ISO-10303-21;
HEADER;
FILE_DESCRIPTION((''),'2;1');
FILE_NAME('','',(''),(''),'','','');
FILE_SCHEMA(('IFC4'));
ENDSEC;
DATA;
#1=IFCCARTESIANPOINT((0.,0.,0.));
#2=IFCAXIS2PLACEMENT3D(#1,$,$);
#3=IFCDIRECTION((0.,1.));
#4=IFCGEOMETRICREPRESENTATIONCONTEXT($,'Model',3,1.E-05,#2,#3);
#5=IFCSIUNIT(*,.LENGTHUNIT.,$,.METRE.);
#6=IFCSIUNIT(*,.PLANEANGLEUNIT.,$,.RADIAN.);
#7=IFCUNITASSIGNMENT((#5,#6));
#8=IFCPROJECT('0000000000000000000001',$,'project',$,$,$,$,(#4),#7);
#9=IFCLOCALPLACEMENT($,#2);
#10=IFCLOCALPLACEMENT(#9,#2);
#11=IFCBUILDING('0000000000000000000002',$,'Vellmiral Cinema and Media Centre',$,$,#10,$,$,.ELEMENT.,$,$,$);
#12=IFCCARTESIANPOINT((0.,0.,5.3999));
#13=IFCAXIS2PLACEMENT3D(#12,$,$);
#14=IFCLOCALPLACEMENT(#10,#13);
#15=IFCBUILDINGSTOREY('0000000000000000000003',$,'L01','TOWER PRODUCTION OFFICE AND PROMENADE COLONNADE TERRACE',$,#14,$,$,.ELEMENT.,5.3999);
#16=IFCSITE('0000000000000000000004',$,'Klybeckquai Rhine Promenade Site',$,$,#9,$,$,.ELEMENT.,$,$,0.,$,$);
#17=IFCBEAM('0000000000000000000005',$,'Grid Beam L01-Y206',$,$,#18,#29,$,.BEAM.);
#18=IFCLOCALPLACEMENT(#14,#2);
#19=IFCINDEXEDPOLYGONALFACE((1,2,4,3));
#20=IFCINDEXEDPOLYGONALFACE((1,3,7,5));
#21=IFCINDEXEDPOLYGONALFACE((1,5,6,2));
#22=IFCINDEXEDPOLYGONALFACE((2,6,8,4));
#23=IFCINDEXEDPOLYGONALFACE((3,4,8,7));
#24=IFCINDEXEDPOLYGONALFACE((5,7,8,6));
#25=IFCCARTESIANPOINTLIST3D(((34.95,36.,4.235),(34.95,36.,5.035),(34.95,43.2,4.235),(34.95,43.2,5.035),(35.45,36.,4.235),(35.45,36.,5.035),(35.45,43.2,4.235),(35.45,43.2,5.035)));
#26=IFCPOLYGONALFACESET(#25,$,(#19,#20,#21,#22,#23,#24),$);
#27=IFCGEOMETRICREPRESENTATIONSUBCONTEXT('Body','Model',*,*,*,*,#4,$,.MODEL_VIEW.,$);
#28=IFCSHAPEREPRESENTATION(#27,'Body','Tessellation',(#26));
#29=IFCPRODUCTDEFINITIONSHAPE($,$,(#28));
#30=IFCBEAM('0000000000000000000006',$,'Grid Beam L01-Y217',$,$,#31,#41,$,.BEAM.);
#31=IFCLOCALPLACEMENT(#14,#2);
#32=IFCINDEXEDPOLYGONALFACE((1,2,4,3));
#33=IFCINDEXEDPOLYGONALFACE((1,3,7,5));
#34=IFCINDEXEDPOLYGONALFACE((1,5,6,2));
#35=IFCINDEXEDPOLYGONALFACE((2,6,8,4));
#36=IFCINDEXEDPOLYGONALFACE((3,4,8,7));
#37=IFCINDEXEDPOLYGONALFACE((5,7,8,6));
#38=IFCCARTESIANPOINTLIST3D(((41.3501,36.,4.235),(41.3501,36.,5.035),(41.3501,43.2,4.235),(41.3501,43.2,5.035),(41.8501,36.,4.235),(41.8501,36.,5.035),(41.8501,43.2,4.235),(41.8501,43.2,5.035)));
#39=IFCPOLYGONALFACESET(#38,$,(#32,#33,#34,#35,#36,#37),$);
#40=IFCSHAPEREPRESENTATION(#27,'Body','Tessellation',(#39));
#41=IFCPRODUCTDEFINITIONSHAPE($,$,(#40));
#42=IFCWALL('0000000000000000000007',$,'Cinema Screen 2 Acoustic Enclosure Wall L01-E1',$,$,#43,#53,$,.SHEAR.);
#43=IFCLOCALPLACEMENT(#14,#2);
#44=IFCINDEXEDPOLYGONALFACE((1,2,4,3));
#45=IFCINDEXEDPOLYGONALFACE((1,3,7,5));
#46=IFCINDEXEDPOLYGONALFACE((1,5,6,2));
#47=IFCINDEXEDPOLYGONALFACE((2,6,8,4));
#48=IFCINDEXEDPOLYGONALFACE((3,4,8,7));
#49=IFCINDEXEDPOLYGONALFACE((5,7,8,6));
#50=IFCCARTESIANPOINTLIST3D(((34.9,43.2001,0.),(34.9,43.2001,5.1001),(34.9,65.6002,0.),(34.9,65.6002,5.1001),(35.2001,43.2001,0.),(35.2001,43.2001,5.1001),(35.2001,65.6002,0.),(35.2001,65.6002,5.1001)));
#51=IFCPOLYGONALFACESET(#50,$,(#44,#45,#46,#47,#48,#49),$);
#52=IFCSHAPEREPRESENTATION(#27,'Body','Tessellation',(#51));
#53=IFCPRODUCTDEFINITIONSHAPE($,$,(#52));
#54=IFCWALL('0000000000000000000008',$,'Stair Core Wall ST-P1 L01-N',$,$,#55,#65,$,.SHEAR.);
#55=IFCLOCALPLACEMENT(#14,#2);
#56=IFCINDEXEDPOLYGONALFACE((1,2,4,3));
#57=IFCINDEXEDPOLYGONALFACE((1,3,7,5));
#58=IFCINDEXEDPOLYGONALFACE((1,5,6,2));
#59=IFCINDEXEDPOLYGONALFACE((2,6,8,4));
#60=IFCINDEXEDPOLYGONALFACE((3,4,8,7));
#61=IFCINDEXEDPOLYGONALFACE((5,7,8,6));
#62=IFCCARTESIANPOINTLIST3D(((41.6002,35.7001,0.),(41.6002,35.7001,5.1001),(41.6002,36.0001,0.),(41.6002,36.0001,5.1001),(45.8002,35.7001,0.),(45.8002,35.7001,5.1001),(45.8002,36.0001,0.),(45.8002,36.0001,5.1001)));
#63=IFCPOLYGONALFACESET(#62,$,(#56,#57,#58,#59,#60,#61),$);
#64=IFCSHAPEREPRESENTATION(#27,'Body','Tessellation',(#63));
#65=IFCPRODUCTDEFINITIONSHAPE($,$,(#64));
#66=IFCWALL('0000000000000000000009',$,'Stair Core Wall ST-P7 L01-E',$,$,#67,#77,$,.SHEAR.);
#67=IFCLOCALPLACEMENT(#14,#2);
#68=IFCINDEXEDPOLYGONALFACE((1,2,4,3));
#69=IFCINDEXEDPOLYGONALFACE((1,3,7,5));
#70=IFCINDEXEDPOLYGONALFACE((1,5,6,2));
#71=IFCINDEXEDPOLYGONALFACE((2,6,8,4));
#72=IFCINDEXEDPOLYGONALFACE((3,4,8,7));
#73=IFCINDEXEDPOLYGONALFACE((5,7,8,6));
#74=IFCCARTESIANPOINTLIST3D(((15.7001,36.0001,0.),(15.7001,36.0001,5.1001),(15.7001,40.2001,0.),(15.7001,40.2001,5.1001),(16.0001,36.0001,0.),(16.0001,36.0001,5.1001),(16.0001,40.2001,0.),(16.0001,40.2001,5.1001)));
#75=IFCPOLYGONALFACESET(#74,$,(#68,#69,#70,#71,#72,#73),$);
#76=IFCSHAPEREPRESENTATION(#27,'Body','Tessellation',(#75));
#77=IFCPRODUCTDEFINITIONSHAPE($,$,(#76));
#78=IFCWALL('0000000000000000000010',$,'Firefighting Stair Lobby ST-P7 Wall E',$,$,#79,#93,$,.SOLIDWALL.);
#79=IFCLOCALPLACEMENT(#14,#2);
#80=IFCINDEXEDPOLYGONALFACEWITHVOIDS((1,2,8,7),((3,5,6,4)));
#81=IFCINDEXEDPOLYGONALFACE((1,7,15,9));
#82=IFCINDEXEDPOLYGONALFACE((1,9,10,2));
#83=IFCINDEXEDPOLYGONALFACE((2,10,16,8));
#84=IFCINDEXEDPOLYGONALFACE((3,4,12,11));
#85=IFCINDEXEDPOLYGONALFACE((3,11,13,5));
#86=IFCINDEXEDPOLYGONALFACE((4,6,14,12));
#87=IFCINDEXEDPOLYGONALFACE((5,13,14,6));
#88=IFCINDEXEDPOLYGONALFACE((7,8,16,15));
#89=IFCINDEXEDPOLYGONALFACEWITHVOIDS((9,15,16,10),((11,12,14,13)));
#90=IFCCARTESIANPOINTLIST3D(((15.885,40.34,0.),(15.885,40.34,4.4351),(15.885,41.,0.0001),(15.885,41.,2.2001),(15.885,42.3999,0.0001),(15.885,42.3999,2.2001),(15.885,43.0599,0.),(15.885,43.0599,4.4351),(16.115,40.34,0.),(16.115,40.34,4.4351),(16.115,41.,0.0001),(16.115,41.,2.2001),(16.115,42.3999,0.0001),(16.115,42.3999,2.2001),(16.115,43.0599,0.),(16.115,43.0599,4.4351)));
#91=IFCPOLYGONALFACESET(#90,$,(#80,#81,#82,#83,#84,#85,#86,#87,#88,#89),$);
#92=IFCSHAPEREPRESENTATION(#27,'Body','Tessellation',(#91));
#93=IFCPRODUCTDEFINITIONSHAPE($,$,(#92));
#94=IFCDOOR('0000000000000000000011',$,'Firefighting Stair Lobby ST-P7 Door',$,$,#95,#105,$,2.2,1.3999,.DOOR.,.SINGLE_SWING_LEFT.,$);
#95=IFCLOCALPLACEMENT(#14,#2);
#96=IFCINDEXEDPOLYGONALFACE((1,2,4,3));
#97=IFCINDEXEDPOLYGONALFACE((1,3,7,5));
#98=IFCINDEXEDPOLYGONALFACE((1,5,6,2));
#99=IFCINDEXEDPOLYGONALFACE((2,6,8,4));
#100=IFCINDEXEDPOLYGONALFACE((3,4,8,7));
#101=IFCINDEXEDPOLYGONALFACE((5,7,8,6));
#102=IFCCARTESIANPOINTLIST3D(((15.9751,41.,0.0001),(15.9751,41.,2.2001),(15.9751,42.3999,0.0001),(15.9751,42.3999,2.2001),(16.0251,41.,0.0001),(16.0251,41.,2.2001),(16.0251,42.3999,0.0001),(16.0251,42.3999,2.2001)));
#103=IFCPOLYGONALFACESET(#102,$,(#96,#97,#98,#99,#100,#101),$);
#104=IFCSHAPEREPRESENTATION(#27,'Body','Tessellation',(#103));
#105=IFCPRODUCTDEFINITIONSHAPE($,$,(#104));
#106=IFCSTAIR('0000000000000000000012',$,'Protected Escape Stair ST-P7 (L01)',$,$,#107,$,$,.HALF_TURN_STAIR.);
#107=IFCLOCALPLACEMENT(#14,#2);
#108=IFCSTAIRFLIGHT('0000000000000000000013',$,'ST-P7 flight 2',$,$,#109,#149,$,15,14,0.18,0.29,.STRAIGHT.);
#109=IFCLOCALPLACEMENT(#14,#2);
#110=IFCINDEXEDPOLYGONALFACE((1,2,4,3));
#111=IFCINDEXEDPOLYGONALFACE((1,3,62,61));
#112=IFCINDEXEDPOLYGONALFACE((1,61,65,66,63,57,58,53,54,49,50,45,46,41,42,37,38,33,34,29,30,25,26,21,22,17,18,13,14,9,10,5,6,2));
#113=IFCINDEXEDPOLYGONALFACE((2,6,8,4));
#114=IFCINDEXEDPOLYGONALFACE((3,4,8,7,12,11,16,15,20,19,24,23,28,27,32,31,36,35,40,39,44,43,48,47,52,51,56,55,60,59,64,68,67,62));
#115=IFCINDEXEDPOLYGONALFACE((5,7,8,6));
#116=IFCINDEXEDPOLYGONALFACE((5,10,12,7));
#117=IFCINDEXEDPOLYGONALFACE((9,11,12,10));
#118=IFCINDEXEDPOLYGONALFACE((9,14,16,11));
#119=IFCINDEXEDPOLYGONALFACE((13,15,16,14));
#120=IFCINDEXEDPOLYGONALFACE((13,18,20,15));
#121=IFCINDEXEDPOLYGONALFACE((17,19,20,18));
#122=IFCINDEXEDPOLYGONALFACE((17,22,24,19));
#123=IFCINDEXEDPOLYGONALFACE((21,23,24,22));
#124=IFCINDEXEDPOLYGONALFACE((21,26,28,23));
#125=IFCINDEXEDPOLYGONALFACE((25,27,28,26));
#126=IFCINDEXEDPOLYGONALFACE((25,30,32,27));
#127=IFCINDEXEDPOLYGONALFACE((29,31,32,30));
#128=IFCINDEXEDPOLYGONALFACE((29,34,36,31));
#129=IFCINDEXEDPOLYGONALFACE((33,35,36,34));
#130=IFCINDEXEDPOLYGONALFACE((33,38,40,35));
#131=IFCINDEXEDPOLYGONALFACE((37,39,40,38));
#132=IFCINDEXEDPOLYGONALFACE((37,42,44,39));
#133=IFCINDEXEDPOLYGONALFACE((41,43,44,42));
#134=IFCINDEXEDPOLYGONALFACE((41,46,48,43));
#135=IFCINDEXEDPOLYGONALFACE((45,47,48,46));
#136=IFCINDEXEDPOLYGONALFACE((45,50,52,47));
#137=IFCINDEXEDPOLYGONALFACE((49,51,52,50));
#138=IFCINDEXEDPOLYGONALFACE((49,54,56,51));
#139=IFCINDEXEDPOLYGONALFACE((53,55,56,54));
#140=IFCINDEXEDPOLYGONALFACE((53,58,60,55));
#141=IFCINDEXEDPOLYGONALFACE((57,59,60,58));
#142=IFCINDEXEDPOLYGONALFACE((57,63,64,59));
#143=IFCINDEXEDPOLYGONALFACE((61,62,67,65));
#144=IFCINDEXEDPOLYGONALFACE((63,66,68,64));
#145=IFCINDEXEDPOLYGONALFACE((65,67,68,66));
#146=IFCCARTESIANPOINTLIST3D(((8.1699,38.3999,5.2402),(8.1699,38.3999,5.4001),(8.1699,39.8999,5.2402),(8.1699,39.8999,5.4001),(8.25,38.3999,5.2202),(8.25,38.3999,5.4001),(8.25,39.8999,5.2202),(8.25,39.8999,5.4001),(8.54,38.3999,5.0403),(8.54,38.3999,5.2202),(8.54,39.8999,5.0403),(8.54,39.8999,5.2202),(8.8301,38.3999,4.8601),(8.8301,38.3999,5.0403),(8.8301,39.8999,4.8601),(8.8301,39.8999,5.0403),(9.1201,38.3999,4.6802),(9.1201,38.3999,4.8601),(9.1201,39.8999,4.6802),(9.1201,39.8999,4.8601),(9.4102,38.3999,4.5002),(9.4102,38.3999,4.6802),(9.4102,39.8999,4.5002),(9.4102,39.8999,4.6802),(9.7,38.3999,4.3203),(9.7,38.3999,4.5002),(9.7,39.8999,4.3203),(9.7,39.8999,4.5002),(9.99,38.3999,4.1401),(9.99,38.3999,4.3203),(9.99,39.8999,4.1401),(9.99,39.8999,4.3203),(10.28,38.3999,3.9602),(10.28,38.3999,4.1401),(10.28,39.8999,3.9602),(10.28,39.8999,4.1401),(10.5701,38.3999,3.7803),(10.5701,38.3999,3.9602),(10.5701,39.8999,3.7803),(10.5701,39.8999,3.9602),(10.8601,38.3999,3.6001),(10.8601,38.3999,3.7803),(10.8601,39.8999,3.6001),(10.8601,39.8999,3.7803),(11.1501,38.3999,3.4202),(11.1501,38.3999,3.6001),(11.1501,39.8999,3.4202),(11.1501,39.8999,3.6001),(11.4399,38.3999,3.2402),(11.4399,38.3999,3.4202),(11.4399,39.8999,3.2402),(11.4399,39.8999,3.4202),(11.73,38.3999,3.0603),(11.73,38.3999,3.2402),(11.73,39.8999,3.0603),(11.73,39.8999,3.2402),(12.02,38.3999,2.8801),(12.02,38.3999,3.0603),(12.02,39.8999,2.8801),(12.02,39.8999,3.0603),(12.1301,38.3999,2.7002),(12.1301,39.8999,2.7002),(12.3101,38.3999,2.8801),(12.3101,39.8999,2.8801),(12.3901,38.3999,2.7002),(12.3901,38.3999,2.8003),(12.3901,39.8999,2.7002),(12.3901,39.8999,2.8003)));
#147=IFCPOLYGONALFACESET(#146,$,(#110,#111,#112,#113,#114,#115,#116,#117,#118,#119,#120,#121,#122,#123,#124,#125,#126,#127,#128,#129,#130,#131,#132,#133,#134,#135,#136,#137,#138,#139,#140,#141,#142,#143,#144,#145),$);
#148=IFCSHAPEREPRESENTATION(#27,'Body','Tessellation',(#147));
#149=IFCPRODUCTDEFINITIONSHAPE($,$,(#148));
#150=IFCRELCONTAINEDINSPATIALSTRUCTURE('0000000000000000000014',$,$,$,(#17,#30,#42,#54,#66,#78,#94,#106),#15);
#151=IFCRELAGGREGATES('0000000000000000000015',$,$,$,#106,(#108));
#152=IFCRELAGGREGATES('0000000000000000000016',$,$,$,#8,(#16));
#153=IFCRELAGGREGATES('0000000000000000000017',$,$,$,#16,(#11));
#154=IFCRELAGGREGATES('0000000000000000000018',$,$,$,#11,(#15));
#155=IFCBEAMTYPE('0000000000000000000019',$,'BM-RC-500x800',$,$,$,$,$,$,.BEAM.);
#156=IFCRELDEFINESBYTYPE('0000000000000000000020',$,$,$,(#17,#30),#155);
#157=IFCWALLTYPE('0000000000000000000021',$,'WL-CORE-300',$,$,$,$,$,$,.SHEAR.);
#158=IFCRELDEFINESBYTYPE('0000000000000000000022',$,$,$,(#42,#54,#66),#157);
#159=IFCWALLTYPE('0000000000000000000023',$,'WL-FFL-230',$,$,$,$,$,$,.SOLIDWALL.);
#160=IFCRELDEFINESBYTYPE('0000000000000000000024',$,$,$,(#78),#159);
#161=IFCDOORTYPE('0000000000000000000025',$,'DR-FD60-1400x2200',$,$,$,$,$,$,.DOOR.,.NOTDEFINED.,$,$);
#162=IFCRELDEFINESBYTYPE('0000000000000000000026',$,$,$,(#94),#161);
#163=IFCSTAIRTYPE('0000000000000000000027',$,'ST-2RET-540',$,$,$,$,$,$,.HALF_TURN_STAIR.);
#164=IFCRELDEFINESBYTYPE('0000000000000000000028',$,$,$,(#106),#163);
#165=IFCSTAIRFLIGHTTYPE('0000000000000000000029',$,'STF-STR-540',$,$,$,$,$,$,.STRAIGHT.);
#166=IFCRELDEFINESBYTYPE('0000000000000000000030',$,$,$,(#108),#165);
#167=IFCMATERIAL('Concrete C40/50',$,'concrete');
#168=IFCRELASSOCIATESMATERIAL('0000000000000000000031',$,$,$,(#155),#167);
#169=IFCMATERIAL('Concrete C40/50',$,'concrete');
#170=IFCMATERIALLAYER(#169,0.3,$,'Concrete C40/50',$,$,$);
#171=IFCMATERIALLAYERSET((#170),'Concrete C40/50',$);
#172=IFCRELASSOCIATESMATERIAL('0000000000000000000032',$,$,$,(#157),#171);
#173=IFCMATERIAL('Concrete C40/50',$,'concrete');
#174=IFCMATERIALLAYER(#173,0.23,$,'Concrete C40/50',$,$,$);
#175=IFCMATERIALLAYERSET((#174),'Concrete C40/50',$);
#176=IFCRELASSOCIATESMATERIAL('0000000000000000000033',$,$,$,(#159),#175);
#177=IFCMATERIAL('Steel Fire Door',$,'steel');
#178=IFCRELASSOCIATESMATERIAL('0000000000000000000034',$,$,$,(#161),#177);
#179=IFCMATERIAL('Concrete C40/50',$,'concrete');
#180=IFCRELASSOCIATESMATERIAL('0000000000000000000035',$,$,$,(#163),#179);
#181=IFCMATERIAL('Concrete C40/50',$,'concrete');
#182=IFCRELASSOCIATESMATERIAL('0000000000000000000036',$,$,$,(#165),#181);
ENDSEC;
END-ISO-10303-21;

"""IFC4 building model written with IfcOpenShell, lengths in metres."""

from ifc_helpers import new_model, si_unit, direction, frame, frame_2d, origin, origin_2d, place, context, subcontext, project, spatial, polyline, rectangle, outline, extrude, material, layer, layer_set, material_profile, profile_set, type_object, element, fill, aggregate, save


model = new_model("IFC4")

# Units and contexts
model_context = context("Model", 3, precision=1e-05, world=origin(), true_north=direction((0.0, 1.0)))
body_context = subcontext(model_context, "Body", "Model", "MODEL_VIEW")
ifc_project = project(units=[si_unit("LENGTHUNIT", "METRE"), si_unit("PLANEANGLEUNIT", "RADIAN")], contexts=[model_context])

# Site, building, storey
site_placement = place(None, origin())
site = spatial("IfcSite", under=ifc_project, at=site_placement, Name="Klybeckquai Rhine Promenade Site", CompositionType="ELEMENT", RefElevation=0.0)
building_placement = place(site_placement, origin())
building = spatial("IfcBuilding", under=site, at=building_placement, Name="Vellmiral Cinema and Media Centre", CompositionType="ELEMENT")
storey_placement = place(building_placement, frame((0.0, 0.0, 5.3999)))
storey = spatial("IfcBuildingStorey", under=building, at=storey_placement, Name="L01", Description="TOWER PRODUCTION OFFICE AND PROMENADE COLONNADE TERRACE", CompositionType="ELEMENT", Elevation=5.3999)

# Beams
ifc_material_1 = material(Name="Concrete C40/50", Category="concrete")
ifc_material_profile_1 = material_profile(ifc_material_1, rectangle(XDim=0.5, YDim=0.8, at=origin_2d()), Name="RC 500x800")
ifc_profile_set_1 = profile_set([ifc_material_profile_1], Name="Concrete C40/50")
beam_type_1 = type_object("IfcBeamType", Name="BM-RC-500x800", PredefinedType="BEAM", material=ifc_profile_set_1)
for number, where, z_axis, x_axis, name in (
    (1, (35.2, 36.0, 4.635), (0.0, 1.0, 0.0), (-1.0, 0.0, 0.0), "Grid Beam L01-Y206"),
    (2, (41.6001, 36.0, 4.635), (0.0, 1.0, 0.0), (-1.0, 0.0, 0.0), "Grid Beam L01-Y217"),
):
    element("IfcBeam", number, at=place(storey_placement, frame(where, z_axis=z_axis, x_axis=x_axis)), inside=storey, type_object=beam_type_1, Name=name, PredefinedType="BEAM", context=body_context, shape_type="SweptSolid", body=[
        extrude(rectangle(XDim=0.5, YDim=0.8, at=origin_2d()), origin(), (0.0, 0.0, 1.0), 7.2),
    ])

# Walls
ifc_material_2 = material(Name="Concrete C40/50", Category="concrete")
ifc_layer_1 = layer(ifc_material_2, 0.3, Name="Concrete C40/50")
ifc_layer_set_1 = layer_set([ifc_layer_1], Name="Concrete C40/50")
wall_type_1 = type_object("IfcWallType", Name="WL-CORE-300", PredefinedType="SHEAR", material=ifc_layer_set_1)
wall_1_placement = place(storey_placement, frame((35.05, 43.2, 0.0), z_axis=(0.0, 0.0, 1.0), x_axis=(0.0, 1.0, 0.0)))
element("IfcWall", 3, at=wall_1_placement, inside=storey, type_object=wall_type_1, Name="Cinema Screen 2 Acoustic Enclosure Wall L01-E1", PredefinedType="SHEAR", context=body_context, shape_type="SweptSolid", body=[
    extrude(rectangle(XDim=22.4001, YDim=0.3, at=frame_2d((11.2002, 0.0))), origin(), (0.0, 0.0, 1.0), 5.1001),
])
for number, where, z_axis, x_axis, name in (
    (4, (41.6001, 35.8501, 0.0), (0.0, 0.0, 1.0), (1.0, 0.0, 0.0), "Stair Core Wall ST-P1 L01-N"),
    (5, (15.8501, 36.0, 0.0), (0.0, 0.0, 1.0), (0.0, 1.0, 0.0), "Stair Core Wall ST-P7 L01-E"),
):
    element("IfcWall", number, at=place(storey_placement, frame(where, z_axis=z_axis, x_axis=x_axis)), inside=storey, type_object=wall_type_1, Name=name, PredefinedType="SHEAR", context=body_context, shape_type="SweptSolid", body=[
        extrude(rectangle(XDim=4.2, YDim=0.3, at=frame_2d((2.1001, 0.0))), origin(), (0.0, 0.0, 1.0), 5.1001),
    ])

# Wall, opening, door
ifc_material_3 = material(Name="Concrete C40/50", Category="concrete")
ifc_layer_2 = layer(ifc_material_3, 0.23, Name="Concrete C40/50")
ifc_layer_set_2 = layer_set([ifc_layer_2], Name="Concrete C40/50")
wall_type_2 = type_object("IfcWallType", Name="WL-FFL-230", PredefinedType="SOLIDWALL", material=ifc_layer_set_2)
wall_2_placement = place(storey_placement, frame((16.0, 40.3401, 0.0), z_axis=(0.0, 0.0, 1.0), x_axis=(0.0, 1.0, 0.0)))
wall_2 = element("IfcWall", 6, at=wall_2_placement, inside=storey, type_object=wall_type_2, Name="Firefighting Stair Lobby ST-P7 Wall E", PredefinedType="SOLIDWALL", context=body_context, shape_type="SweptSolid", body=[
    extrude(rectangle(XDim=2.72, YDim=0.23, at=frame_2d((1.3599, 0.0))), origin(), (0.0, 0.0, 1.0), 4.4351),
])
opening_placement = place(wall_2_placement, frame((0.6599, 0.0, 0.0)))
opening = element("IfcOpeningElement", 7, at=opening_placement, cuts=wall_2, PredefinedType="OPENING", context=body_context, shape_type="SweptSolid", body=[
    extrude(rectangle(XDim=1.3999, YDim=2.2, at=frame_2d((0.7, 1.1001))), frame((0.0, 0.127, 0.0), z_axis=(0.0, -1.0, 0.0), x_axis=(1.0, 0.0, 0.0)), (0.0, 0.0, 1.0), 0.2539),
])
ifc_material_4 = material(Name="Steel Fire Door", Category="steel")
door_type = type_object("IfcDoorType", Name="DR-FD60-1400x2200", OperationType="NOTDEFINED", PredefinedType="DOOR", material=ifc_material_4)
door_placement = place(opening_placement, origin())
door = element("IfcDoor", 8, at=door_placement, inside=storey, type_object=door_type, Name="Firefighting Stair Lobby ST-P7 Door", OperationType="SINGLE_SWING_LEFT", OverallHeight=2.2, OverallWidth=1.3999, PredefinedType="DOOR", context=body_context, shape_type="SweptSolid", body=[
    extrude(rectangle(XDim=1.3999, YDim=2.2, at=frame_2d((0.7, 1.1001))), frame((0.0, 0.0249, 0.0), z_axis=(0.0, -1.0, 0.0), x_axis=(1.0, 0.0, 0.0)), (0.0, 0.0, 1.0), 0.05),
])
fill(opening, door)

# Stair, stair flight
ifc_material_5 = material(Name="Concrete C40/50", Category="concrete")
stair_type = type_object("IfcStairType", Name="ST-2RET-540", PredefinedType="HALF_TURN_STAIR", material=ifc_material_5)
stair_placement = place(storey_placement, origin())
stair = element("IfcStair", 9, at=stair_placement, inside=storey, type_object=stair_type, Name="Protected Escape Stair ST-P7 (L01)", PredefinedType="HALF_TURN_STAIR")
ifc_material_6 = material(Name="Concrete C40/50", Category="concrete")
stair_flight_type = type_object("IfcStairFlightType", Name="STF-STR-540", PredefinedType="STRAIGHT", material=ifc_material_6)
stair_flight_placement = place(storey_placement, frame((12.3101, 39.1499, 2.7002), z_axis=(0.0, 0.0, 1.0), x_axis=(-1.0, 0.0, 0.0)))
stair_flight = element("IfcStairFlight", 10, at=stair_flight_placement, type_object=stair_flight_type, Name="ST-P7 flight 2", NumberOfRisers=15, NumberOfTreads=14, PredefinedType="STRAIGHT", RiserHeight=0.18, TreadLength=0.29, context=body_context, shape_type="SweptSolid", body=[
    extrude(outline(polyline([(-0.0801, 0.0), (-0.0801, 0.1001), (0.0, 0.1799), (0.29, 0.1799), (0.29, 0.3601), (0.5801, 0.3601), (0.5801, 0.54), (0.8701, 0.54), (0.8701, 0.72), (1.1599, 0.72), (1.1599, 0.8999), (1.45, 0.8999), (1.45, 1.0801), (1.74, 1.0801), (1.74, 1.26), (2.03, 1.26), (2.03, 1.4399), (2.3201, 1.4399), (2.3201, 1.6201), (2.6101, 1.6201), (2.6101, 1.8), (2.8999, 1.8), (2.8999, 1.98), (3.1899, 1.98), (3.1899, 2.1599), (3.48, 2.1599), (3.48, 2.3401), (3.77, 2.3401), (3.77, 2.52), (4.0601, 2.52), (4.0601, 2.7), (4.1401, 2.7), (4.1401, 2.54), (0.1799, 0.0), (-0.0801, 0.0)])), frame((0.0, 0.75, 0.0), z_axis=(0.0, -1.0, 0.0), x_axis=(1.0, 0.0, 0.0)), (0.0, 0.0, 1.0), 1.5),
])
aggregate(stair, [stair_flight])

save(model, "model.ifc")
